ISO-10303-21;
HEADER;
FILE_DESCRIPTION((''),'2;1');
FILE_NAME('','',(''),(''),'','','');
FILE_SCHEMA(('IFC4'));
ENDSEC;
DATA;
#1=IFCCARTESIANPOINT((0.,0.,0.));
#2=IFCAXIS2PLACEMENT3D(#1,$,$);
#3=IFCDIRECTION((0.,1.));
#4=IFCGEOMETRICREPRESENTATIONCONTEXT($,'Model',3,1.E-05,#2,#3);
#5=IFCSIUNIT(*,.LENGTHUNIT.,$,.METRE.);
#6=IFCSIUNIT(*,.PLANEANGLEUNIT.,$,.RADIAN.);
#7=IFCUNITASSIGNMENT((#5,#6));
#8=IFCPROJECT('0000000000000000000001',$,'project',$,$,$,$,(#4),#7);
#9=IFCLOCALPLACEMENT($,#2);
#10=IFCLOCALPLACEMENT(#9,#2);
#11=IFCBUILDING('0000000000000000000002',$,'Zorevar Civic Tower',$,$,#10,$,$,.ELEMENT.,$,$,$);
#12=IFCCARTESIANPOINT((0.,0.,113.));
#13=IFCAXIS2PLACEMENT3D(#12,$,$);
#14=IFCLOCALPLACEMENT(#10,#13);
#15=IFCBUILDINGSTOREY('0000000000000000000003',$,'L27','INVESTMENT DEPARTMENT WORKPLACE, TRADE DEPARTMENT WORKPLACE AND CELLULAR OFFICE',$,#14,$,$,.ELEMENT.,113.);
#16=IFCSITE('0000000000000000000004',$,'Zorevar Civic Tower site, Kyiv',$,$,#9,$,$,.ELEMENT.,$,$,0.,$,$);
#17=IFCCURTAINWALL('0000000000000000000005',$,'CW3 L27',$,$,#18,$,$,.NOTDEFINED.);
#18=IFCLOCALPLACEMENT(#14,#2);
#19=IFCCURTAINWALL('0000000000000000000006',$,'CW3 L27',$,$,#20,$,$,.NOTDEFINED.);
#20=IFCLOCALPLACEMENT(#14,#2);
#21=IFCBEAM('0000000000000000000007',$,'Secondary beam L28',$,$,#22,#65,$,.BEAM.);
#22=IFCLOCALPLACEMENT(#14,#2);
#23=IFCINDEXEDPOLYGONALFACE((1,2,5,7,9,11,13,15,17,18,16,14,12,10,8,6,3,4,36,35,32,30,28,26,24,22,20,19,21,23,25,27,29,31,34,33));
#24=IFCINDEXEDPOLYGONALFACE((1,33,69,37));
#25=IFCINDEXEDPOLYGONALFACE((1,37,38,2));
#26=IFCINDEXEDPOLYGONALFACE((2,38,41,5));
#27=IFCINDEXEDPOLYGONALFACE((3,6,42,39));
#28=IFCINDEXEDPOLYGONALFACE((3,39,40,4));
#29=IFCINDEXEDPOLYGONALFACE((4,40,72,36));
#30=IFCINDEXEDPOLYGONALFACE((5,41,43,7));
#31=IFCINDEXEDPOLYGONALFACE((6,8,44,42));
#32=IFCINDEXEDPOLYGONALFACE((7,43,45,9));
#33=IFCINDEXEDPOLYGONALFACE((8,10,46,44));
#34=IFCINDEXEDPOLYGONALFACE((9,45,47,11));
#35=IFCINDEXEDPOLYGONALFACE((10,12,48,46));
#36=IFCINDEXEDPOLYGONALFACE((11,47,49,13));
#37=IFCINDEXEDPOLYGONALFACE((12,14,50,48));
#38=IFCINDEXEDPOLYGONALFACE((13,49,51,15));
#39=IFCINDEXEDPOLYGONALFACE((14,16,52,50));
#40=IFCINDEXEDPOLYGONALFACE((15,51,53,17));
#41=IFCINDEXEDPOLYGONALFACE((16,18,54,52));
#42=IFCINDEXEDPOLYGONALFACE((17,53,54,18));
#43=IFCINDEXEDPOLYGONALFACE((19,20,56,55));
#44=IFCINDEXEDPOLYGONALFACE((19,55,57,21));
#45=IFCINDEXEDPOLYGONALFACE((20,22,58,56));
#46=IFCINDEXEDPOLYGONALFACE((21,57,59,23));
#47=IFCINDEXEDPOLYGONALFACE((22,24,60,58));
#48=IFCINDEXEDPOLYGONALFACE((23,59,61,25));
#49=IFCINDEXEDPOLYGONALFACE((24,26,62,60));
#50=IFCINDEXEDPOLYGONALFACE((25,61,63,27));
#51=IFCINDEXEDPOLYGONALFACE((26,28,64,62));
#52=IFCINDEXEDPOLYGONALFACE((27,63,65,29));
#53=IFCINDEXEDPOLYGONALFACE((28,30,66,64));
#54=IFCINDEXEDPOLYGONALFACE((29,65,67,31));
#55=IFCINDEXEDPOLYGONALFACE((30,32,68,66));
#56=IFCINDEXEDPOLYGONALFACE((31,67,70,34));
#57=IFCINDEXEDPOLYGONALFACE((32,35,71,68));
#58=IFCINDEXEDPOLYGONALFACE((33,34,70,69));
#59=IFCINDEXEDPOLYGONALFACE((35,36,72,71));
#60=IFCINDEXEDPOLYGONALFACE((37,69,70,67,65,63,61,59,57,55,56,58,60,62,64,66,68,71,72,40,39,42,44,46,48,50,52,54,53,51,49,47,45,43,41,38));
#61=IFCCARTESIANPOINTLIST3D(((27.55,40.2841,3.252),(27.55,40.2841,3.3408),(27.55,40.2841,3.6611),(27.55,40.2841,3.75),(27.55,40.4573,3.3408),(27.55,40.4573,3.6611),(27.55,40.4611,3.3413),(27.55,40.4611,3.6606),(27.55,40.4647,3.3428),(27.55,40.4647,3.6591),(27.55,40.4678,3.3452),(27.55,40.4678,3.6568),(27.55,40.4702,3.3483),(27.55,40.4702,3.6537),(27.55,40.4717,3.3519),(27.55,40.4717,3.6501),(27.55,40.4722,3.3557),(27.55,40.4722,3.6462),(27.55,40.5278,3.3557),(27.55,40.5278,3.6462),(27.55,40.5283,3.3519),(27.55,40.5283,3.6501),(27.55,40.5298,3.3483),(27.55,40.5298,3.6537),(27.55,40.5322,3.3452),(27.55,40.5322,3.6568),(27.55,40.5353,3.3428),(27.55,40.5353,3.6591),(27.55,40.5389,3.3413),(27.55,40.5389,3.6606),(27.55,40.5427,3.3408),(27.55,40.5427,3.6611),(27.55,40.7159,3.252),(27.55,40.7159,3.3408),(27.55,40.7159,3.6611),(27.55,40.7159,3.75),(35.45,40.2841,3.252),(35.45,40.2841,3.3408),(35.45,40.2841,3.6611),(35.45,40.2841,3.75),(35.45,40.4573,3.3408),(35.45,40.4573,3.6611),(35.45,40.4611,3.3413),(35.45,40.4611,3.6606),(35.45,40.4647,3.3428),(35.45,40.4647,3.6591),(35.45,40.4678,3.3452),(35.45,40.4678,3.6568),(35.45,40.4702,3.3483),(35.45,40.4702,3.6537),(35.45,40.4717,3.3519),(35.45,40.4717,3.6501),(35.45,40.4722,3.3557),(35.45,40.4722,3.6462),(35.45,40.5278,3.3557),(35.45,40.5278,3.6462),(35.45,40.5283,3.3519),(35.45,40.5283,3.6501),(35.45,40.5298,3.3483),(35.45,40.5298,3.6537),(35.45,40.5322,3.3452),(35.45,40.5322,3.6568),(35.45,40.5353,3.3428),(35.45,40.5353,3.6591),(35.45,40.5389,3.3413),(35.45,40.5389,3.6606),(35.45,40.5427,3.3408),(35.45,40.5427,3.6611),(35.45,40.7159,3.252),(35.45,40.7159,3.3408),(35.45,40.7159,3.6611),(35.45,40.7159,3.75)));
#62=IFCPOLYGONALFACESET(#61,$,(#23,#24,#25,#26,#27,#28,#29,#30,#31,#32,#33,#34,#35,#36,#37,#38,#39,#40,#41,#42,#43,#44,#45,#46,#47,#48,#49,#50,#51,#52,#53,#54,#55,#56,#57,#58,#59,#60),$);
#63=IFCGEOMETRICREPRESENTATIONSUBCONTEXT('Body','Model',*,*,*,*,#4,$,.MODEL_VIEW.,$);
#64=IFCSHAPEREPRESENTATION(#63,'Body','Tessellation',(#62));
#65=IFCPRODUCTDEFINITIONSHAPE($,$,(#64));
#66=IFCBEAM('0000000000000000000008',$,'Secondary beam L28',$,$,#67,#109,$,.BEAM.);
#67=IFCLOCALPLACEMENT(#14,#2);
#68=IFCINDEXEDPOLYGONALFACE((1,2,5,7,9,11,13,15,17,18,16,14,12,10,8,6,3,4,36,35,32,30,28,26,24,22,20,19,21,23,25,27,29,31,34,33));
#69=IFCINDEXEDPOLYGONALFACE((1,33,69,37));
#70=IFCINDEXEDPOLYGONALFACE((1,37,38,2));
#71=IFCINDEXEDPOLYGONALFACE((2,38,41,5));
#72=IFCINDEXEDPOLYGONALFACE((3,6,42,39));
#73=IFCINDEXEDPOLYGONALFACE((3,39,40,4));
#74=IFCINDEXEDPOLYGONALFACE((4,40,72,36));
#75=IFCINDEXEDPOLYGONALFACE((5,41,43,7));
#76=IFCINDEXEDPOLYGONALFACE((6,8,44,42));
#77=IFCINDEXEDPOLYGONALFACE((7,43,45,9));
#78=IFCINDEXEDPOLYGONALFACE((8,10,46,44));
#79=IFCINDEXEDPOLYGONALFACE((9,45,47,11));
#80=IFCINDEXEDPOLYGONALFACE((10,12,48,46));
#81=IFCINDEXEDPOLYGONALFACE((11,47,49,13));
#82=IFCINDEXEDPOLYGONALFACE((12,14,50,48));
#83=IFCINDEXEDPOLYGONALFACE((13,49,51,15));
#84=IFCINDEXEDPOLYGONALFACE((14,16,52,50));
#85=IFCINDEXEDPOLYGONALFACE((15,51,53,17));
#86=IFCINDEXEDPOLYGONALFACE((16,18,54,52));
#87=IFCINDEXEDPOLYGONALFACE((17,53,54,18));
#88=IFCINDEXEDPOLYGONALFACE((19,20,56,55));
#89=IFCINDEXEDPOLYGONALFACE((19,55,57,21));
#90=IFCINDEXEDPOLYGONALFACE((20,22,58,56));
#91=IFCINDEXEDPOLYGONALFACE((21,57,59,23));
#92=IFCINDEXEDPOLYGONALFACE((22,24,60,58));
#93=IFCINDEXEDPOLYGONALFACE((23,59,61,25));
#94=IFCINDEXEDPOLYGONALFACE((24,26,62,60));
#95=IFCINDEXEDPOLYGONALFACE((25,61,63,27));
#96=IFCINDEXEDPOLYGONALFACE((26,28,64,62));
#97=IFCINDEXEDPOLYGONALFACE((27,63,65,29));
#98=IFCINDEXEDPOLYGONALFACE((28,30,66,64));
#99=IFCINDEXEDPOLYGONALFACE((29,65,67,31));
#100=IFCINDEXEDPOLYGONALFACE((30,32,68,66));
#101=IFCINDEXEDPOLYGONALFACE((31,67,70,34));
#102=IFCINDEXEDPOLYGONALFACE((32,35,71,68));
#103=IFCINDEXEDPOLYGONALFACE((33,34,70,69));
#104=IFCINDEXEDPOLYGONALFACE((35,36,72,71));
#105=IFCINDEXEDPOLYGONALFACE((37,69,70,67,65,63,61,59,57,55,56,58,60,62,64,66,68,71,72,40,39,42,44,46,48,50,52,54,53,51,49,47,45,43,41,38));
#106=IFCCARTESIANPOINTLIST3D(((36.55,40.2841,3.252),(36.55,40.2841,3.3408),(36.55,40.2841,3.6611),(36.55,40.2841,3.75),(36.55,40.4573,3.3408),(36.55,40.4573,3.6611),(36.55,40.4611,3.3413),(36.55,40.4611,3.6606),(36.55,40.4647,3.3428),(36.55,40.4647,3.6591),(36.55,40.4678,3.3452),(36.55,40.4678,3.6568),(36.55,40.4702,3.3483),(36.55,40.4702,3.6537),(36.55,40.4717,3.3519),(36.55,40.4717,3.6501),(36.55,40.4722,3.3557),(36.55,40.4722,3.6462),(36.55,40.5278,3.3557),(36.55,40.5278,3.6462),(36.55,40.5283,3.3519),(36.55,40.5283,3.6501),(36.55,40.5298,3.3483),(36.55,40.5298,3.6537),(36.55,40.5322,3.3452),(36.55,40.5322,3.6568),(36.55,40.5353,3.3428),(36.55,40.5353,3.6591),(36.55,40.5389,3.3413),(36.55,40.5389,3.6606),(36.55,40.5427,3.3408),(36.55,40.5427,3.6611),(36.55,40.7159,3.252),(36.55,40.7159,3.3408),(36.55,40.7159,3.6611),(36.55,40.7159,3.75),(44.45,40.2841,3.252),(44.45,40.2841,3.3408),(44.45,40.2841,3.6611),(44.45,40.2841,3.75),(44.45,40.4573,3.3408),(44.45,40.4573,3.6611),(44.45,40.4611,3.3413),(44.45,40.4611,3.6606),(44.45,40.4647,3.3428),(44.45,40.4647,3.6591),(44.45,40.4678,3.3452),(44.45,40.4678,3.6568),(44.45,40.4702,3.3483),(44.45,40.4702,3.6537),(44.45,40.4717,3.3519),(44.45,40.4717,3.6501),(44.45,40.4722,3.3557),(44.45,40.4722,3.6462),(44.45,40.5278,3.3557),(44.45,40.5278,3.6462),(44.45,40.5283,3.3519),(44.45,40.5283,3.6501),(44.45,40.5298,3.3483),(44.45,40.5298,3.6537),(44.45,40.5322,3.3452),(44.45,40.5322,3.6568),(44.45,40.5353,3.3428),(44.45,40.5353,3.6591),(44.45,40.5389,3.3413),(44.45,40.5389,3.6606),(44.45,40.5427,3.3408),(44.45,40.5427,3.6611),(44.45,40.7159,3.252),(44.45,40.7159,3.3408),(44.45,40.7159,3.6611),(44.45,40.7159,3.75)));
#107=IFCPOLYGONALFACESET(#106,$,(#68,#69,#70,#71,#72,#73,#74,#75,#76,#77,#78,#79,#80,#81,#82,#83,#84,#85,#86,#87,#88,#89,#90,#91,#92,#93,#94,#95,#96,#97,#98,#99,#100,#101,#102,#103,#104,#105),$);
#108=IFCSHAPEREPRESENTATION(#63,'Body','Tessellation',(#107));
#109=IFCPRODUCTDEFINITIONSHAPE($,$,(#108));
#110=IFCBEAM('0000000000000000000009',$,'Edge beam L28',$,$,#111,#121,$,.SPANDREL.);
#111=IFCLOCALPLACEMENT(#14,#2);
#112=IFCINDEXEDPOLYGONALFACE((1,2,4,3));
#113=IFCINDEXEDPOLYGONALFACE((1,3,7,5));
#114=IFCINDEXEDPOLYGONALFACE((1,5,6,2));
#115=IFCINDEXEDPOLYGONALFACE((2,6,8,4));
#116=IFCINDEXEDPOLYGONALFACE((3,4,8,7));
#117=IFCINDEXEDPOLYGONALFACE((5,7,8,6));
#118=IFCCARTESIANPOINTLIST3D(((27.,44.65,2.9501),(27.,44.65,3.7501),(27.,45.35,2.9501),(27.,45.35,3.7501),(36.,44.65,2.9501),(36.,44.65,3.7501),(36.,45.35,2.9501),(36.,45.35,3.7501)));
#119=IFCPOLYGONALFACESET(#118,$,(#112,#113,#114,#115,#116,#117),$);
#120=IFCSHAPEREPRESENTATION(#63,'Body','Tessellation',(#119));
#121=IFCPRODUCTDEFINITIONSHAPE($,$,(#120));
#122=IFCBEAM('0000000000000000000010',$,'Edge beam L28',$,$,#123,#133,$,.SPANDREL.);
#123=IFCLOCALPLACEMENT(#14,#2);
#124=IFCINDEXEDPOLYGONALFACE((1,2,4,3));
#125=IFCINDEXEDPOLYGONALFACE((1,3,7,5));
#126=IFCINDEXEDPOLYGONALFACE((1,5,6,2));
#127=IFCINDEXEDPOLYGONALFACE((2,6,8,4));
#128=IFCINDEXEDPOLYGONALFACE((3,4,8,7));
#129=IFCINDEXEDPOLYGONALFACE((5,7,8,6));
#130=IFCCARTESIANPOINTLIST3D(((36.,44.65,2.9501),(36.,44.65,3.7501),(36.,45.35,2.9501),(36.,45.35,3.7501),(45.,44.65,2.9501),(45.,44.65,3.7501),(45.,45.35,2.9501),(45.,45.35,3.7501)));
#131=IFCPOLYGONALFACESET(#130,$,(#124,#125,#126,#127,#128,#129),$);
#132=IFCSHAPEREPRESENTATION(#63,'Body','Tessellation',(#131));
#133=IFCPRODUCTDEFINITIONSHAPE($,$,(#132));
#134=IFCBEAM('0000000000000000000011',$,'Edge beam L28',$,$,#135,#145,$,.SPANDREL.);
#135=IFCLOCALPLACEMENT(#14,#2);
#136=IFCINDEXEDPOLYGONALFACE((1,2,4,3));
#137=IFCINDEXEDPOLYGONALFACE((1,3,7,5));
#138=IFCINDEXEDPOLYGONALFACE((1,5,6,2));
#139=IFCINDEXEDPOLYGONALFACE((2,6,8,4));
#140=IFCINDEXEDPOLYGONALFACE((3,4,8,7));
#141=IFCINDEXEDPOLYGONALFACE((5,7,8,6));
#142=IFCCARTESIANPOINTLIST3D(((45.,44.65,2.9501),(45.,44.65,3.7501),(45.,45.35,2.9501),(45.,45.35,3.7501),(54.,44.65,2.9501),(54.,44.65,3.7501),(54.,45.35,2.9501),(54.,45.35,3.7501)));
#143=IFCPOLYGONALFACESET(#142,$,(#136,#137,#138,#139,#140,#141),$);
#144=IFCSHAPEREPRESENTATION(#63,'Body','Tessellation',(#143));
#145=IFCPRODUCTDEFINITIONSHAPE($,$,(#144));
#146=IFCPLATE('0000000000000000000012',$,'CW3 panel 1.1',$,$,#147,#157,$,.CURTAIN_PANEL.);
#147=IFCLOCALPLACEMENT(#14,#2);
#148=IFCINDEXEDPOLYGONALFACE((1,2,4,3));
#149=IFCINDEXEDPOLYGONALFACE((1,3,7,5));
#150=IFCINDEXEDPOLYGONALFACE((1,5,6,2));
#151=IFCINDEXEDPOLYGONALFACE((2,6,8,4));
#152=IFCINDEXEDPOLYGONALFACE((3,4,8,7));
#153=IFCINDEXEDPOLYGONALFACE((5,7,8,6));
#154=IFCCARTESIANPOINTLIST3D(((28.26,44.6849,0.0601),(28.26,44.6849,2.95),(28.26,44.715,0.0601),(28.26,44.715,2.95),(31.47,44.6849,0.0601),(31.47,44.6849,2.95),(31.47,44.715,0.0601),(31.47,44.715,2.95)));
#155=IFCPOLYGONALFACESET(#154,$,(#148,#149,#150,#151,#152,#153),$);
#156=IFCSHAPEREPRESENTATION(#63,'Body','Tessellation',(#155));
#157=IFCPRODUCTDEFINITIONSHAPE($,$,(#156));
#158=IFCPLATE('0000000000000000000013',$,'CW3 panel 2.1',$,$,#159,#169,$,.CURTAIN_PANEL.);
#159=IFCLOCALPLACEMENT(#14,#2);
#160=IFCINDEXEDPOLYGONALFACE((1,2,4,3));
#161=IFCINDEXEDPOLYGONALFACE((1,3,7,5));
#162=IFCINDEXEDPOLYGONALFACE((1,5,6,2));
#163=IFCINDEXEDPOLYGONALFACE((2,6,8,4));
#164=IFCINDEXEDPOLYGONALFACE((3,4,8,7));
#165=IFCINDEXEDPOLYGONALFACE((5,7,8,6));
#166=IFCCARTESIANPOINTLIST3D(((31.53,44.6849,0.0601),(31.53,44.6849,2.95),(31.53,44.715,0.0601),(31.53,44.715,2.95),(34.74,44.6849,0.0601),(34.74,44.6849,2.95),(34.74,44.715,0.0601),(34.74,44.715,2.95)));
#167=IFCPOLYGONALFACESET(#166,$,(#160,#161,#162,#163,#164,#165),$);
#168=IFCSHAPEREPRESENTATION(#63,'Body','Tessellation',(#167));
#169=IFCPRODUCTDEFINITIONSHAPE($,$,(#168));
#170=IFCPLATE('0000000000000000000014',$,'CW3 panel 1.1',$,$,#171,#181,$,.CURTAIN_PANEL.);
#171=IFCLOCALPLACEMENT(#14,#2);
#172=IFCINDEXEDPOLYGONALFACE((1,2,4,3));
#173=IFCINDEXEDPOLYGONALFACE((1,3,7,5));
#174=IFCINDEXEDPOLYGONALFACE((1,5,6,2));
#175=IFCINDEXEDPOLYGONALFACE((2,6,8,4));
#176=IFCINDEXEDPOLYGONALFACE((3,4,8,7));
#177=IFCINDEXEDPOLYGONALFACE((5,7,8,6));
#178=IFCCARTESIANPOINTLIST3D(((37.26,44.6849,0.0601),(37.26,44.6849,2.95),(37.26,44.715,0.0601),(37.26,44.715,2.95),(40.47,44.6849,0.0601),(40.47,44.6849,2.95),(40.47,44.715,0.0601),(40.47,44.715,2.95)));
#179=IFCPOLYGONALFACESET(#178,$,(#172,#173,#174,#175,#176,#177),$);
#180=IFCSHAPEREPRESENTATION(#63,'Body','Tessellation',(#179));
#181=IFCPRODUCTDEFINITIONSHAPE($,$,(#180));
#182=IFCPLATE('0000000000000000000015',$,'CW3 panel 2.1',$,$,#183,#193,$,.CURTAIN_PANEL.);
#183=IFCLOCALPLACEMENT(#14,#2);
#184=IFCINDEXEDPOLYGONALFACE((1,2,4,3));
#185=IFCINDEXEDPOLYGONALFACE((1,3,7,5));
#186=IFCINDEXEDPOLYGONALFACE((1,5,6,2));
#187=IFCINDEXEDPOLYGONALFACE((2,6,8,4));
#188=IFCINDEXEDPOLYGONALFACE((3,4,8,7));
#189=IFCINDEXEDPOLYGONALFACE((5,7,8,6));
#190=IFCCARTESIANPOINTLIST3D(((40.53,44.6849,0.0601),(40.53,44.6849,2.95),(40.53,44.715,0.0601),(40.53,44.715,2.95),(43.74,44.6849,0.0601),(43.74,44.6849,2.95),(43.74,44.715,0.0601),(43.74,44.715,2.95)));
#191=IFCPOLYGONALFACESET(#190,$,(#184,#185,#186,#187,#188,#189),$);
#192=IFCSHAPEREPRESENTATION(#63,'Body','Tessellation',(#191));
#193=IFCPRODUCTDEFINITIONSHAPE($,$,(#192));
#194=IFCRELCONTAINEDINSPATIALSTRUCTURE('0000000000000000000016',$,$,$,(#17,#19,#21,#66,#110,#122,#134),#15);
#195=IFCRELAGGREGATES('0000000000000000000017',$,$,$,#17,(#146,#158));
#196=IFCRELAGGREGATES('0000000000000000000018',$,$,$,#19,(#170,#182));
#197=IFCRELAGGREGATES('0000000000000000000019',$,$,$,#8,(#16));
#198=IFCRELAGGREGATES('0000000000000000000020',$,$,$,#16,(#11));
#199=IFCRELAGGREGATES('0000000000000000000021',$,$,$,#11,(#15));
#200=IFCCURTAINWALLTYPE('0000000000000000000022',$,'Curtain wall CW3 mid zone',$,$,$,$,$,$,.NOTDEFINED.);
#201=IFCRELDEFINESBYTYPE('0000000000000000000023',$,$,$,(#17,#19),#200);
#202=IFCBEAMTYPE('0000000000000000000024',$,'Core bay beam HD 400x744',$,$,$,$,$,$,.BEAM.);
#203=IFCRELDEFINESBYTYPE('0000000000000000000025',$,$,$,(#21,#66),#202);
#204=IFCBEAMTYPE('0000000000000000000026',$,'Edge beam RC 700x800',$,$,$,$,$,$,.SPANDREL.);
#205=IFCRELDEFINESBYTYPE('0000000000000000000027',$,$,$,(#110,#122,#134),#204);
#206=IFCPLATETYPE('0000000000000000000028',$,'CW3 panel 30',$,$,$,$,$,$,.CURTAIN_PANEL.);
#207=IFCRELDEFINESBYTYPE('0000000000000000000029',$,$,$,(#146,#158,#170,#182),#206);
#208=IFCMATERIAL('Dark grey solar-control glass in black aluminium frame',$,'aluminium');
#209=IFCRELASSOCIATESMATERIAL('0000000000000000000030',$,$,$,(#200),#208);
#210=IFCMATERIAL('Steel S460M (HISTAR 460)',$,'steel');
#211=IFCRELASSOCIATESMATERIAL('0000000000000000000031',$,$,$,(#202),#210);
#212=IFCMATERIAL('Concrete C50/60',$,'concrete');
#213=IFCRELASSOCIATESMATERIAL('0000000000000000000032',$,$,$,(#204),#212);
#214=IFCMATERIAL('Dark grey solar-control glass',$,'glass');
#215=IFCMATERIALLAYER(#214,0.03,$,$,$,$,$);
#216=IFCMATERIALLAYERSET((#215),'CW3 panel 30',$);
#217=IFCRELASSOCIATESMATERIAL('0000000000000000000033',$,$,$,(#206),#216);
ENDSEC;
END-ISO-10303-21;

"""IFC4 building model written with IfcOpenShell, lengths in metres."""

from ifc_helpers import new_model, si_unit, direction, frame, origin, origin_2d, place, context, subcontext, project, spatial, rectangle, i_section, extrude, material, layer, layer_set, material_profile, profile_set, type_object, element, aggregate, save


model = new_model("IFC4")

# Units and contexts
model_context = context("Model", 3, precision=1e-05, world=origin(), true_north=direction((0.0, 1.0)))
body_context = subcontext(model_context, "Body", "Model", "MODEL_VIEW")
ifc_project = project(units=[si_unit("LENGTHUNIT", "METRE"), si_unit("PLANEANGLEUNIT", "RADIAN")], contexts=[model_context])

# Site, building, storey
site_placement = place(None, origin())
site = spatial("IfcSite", under=ifc_project, at=site_placement, Name="Zorevar Civic Tower site, Kyiv", CompositionType="ELEMENT", RefElevation=0.0)
building_placement = place(site_placement, origin())
building = spatial("IfcBuilding", under=site, at=building_placement, Name="Zorevar Civic Tower", CompositionType="ELEMENT")
storey_placement = place(building_placement, frame((0.0, 0.0, 113.0)))
storey = spatial("IfcBuildingStorey", under=building, at=storey_placement, Name="L27", Description="INVESTMENT DEPARTMENT WORKPLACE, TRADE DEPARTMENT WORKPLACE AND CELLULAR OFFICE", CompositionType="ELEMENT", Elevation=113.0)

# Curtain walls
ifc_material_1 = material(Name="Dark grey solar-control glass in black aluminium frame", Category="aluminium")
curtain_wall_type = type_object("IfcCurtainWallType", Name="Curtain wall CW3 mid zone", PredefinedType="NOTDEFINED", material=ifc_material_1)
curtain_wall_1_placement = place(storey_placement, origin())
curtain_wall_1 = element("IfcCurtainWall", 1, at=curtain_wall_1_placement, inside=storey, type_object=curtain_wall_type, Name="CW3 L27", PredefinedType="NOTDEFINED")
curtain_wall_2_placement = place(storey_placement, origin())
curtain_wall_2 = element("IfcCurtainWall", 2, at=curtain_wall_2_placement, inside=storey, type_object=curtain_wall_type, Name="CW3 L27", PredefinedType="NOTDEFINED")

# Beams
ifc_material_2 = material(Name="Steel S460M (HISTAR 460)", Category="steel")
ifc_material_profile_1 = material_profile(ifc_material_2, i_section(OverallWidth=0.4319, OverallDepth=0.498, WebThickness=0.0557, FlangeThickness=0.0889, FilletRadius=0.0149, at=origin_2d()), Name="HD 400x744")
ifc_profile_set_1 = profile_set([ifc_material_profile_1], Name="Steel S460M (HISTAR 460)")
beam_type_1 = type_object("IfcBeamType", Name="Core bay beam HD 400x744", PredefinedType="BEAM", material=ifc_profile_set_1)
for number, where, z_axis, x_axis, name in (
    (3, (27.55, 40.5, 3.501), (1.0, 0.0, 0.0), (0.0, 1.0, 0.0), "Secondary beam L28"),
    (4, (36.55, 40.5, 3.501), (1.0, 0.0, 0.0), (0.0, 1.0, 0.0), "Secondary beam L28"),
):
    element("IfcBeam", number, at=place(storey_placement, frame(where, z_axis=z_axis, x_axis=x_axis)), inside=storey, type_object=beam_type_1, Name=name, PredefinedType="BEAM", context=body_context, shape_type="SweptSolid", body=[
        extrude(i_section(OverallWidth=0.4319, OverallDepth=0.498, WebThickness=0.0557, FlangeThickness=0.0889, FilletRadius=0.0149, at=origin_2d()), origin(), (0.0, 0.0, 1.0), 7.8999),
    ])
ifc_material_3 = material(Name="Concrete C50/60", Category="concrete")
ifc_material_profile_2 = material_profile(ifc_material_3, rectangle(XDim=0.7, YDim=0.8, at=origin_2d()), Name="RC 700x800")
ifc_profile_set_2 = profile_set([ifc_material_profile_2], Name="Concrete C50/60")
beam_type_2 = type_object("IfcBeamType", Name="Edge beam RC 700x800", PredefinedType="SPANDREL", material=ifc_profile_set_2)
for number, where, z_axis, x_axis, name in (
    (5, (27.0, 45.0, 3.3501), (1.0, 0.0, 0.0), (0.0, 1.0, 0.0), "Edge beam L28"),
    (6, (36.0, 45.0, 3.3501), (1.0, 0.0, 0.0), (0.0, 1.0, 0.0), "Edge beam L28"),
    (7, (45.0, 45.0, 3.3501), (1.0, 0.0, 0.0), (0.0, 1.0, 0.0), "Edge beam L28"),
):
    element("IfcBeam", number, at=place(storey_placement, frame(where, z_axis=z_axis, x_axis=x_axis)), inside=storey, type_object=beam_type_2, Name=name, PredefinedType="SPANDREL", context=body_context, shape_type="SweptSolid", body=[
        extrude(rectangle(XDim=0.7, YDim=0.8, at=origin_2d()), origin(), (0.0, 0.0, 1.0), 9.0),
    ])

# Plates
ifc_material_4 = material(Name="Dark grey solar-control glass", Category="glass")
ifc_layer_1 = layer(ifc_material_4, 0.03)
ifc_layer_set_1 = layer_set([ifc_layer_1], Name="CW3 panel 30")
plate_type = type_object("IfcPlateType", Name="CW3 panel 30", PredefinedType="CURTAIN_PANEL", material=ifc_layer_set_1)
plate_1_placement = place(storey_placement, frame((29.865, 44.7, 0.0601), z_axis=(0.0, 0.0, 1.0), x_axis=(1.0, 0.0, 0.0)))
plate_1 = element("IfcPlate", 8, at=plate_1_placement, type_object=plate_type, Name="CW3 panel 1.1", PredefinedType="CURTAIN_PANEL", context=body_context, shape_type="SweptSolid", body=[
    extrude(rectangle(XDim=3.21, YDim=0.03, at=origin_2d()), origin(), (0.0, 0.0, 1.0), 2.8899),
])
plate_2_placement = place(storey_placement, frame((33.135, 44.7, 0.0601), z_axis=(0.0, 0.0, 1.0), x_axis=(1.0, 0.0, 0.0)))
plate_2 = element("IfcPlate", 9, at=plate_2_placement, type_object=plate_type, Name="CW3 panel 2.1", PredefinedType="CURTAIN_PANEL", context=body_context, shape_type="SweptSolid", body=[
    extrude(rectangle(XDim=3.21, YDim=0.03, at=origin_2d()), origin(), (0.0, 0.0, 1.0), 2.8899),
])
aggregate(curtain_wall_1, [plate_1, plate_2])
plate_3_placement = place(storey_placement, frame((38.865, 44.7, 0.0601), z_axis=(0.0, 0.0, 1.0), x_axis=(1.0, 0.0, 0.0)))
plate_3 = element("IfcPlate", 10, at=plate_3_placement, type_object=plate_type, Name="CW3 panel 1.1", PredefinedType="CURTAIN_PANEL", context=body_context, shape_type="SweptSolid", body=[
    extrude(rectangle(XDim=3.21, YDim=0.03, at=origin_2d()), origin(), (0.0, 0.0, 1.0), 2.8899),
])
plate_4_placement = place(storey_placement, frame((42.135, 44.7, 0.0601), z_axis=(0.0, 0.0, 1.0), x_axis=(1.0, 0.0, 0.0)))
plate_4 = element("IfcPlate", 11, at=plate_4_placement, type_object=plate_type, Name="CW3 panel 2.1", PredefinedType="CURTAIN_PANEL", context=body_context, shape_type="SweptSolid", body=[
    extrude(rectangle(XDim=3.21, YDim=0.03, at=origin_2d()), origin(), (0.0, 0.0, 1.0), 2.8899),
])
aggregate(curtain_wall_2, [plate_3, plate_4])

save(model, "model.ifc")
